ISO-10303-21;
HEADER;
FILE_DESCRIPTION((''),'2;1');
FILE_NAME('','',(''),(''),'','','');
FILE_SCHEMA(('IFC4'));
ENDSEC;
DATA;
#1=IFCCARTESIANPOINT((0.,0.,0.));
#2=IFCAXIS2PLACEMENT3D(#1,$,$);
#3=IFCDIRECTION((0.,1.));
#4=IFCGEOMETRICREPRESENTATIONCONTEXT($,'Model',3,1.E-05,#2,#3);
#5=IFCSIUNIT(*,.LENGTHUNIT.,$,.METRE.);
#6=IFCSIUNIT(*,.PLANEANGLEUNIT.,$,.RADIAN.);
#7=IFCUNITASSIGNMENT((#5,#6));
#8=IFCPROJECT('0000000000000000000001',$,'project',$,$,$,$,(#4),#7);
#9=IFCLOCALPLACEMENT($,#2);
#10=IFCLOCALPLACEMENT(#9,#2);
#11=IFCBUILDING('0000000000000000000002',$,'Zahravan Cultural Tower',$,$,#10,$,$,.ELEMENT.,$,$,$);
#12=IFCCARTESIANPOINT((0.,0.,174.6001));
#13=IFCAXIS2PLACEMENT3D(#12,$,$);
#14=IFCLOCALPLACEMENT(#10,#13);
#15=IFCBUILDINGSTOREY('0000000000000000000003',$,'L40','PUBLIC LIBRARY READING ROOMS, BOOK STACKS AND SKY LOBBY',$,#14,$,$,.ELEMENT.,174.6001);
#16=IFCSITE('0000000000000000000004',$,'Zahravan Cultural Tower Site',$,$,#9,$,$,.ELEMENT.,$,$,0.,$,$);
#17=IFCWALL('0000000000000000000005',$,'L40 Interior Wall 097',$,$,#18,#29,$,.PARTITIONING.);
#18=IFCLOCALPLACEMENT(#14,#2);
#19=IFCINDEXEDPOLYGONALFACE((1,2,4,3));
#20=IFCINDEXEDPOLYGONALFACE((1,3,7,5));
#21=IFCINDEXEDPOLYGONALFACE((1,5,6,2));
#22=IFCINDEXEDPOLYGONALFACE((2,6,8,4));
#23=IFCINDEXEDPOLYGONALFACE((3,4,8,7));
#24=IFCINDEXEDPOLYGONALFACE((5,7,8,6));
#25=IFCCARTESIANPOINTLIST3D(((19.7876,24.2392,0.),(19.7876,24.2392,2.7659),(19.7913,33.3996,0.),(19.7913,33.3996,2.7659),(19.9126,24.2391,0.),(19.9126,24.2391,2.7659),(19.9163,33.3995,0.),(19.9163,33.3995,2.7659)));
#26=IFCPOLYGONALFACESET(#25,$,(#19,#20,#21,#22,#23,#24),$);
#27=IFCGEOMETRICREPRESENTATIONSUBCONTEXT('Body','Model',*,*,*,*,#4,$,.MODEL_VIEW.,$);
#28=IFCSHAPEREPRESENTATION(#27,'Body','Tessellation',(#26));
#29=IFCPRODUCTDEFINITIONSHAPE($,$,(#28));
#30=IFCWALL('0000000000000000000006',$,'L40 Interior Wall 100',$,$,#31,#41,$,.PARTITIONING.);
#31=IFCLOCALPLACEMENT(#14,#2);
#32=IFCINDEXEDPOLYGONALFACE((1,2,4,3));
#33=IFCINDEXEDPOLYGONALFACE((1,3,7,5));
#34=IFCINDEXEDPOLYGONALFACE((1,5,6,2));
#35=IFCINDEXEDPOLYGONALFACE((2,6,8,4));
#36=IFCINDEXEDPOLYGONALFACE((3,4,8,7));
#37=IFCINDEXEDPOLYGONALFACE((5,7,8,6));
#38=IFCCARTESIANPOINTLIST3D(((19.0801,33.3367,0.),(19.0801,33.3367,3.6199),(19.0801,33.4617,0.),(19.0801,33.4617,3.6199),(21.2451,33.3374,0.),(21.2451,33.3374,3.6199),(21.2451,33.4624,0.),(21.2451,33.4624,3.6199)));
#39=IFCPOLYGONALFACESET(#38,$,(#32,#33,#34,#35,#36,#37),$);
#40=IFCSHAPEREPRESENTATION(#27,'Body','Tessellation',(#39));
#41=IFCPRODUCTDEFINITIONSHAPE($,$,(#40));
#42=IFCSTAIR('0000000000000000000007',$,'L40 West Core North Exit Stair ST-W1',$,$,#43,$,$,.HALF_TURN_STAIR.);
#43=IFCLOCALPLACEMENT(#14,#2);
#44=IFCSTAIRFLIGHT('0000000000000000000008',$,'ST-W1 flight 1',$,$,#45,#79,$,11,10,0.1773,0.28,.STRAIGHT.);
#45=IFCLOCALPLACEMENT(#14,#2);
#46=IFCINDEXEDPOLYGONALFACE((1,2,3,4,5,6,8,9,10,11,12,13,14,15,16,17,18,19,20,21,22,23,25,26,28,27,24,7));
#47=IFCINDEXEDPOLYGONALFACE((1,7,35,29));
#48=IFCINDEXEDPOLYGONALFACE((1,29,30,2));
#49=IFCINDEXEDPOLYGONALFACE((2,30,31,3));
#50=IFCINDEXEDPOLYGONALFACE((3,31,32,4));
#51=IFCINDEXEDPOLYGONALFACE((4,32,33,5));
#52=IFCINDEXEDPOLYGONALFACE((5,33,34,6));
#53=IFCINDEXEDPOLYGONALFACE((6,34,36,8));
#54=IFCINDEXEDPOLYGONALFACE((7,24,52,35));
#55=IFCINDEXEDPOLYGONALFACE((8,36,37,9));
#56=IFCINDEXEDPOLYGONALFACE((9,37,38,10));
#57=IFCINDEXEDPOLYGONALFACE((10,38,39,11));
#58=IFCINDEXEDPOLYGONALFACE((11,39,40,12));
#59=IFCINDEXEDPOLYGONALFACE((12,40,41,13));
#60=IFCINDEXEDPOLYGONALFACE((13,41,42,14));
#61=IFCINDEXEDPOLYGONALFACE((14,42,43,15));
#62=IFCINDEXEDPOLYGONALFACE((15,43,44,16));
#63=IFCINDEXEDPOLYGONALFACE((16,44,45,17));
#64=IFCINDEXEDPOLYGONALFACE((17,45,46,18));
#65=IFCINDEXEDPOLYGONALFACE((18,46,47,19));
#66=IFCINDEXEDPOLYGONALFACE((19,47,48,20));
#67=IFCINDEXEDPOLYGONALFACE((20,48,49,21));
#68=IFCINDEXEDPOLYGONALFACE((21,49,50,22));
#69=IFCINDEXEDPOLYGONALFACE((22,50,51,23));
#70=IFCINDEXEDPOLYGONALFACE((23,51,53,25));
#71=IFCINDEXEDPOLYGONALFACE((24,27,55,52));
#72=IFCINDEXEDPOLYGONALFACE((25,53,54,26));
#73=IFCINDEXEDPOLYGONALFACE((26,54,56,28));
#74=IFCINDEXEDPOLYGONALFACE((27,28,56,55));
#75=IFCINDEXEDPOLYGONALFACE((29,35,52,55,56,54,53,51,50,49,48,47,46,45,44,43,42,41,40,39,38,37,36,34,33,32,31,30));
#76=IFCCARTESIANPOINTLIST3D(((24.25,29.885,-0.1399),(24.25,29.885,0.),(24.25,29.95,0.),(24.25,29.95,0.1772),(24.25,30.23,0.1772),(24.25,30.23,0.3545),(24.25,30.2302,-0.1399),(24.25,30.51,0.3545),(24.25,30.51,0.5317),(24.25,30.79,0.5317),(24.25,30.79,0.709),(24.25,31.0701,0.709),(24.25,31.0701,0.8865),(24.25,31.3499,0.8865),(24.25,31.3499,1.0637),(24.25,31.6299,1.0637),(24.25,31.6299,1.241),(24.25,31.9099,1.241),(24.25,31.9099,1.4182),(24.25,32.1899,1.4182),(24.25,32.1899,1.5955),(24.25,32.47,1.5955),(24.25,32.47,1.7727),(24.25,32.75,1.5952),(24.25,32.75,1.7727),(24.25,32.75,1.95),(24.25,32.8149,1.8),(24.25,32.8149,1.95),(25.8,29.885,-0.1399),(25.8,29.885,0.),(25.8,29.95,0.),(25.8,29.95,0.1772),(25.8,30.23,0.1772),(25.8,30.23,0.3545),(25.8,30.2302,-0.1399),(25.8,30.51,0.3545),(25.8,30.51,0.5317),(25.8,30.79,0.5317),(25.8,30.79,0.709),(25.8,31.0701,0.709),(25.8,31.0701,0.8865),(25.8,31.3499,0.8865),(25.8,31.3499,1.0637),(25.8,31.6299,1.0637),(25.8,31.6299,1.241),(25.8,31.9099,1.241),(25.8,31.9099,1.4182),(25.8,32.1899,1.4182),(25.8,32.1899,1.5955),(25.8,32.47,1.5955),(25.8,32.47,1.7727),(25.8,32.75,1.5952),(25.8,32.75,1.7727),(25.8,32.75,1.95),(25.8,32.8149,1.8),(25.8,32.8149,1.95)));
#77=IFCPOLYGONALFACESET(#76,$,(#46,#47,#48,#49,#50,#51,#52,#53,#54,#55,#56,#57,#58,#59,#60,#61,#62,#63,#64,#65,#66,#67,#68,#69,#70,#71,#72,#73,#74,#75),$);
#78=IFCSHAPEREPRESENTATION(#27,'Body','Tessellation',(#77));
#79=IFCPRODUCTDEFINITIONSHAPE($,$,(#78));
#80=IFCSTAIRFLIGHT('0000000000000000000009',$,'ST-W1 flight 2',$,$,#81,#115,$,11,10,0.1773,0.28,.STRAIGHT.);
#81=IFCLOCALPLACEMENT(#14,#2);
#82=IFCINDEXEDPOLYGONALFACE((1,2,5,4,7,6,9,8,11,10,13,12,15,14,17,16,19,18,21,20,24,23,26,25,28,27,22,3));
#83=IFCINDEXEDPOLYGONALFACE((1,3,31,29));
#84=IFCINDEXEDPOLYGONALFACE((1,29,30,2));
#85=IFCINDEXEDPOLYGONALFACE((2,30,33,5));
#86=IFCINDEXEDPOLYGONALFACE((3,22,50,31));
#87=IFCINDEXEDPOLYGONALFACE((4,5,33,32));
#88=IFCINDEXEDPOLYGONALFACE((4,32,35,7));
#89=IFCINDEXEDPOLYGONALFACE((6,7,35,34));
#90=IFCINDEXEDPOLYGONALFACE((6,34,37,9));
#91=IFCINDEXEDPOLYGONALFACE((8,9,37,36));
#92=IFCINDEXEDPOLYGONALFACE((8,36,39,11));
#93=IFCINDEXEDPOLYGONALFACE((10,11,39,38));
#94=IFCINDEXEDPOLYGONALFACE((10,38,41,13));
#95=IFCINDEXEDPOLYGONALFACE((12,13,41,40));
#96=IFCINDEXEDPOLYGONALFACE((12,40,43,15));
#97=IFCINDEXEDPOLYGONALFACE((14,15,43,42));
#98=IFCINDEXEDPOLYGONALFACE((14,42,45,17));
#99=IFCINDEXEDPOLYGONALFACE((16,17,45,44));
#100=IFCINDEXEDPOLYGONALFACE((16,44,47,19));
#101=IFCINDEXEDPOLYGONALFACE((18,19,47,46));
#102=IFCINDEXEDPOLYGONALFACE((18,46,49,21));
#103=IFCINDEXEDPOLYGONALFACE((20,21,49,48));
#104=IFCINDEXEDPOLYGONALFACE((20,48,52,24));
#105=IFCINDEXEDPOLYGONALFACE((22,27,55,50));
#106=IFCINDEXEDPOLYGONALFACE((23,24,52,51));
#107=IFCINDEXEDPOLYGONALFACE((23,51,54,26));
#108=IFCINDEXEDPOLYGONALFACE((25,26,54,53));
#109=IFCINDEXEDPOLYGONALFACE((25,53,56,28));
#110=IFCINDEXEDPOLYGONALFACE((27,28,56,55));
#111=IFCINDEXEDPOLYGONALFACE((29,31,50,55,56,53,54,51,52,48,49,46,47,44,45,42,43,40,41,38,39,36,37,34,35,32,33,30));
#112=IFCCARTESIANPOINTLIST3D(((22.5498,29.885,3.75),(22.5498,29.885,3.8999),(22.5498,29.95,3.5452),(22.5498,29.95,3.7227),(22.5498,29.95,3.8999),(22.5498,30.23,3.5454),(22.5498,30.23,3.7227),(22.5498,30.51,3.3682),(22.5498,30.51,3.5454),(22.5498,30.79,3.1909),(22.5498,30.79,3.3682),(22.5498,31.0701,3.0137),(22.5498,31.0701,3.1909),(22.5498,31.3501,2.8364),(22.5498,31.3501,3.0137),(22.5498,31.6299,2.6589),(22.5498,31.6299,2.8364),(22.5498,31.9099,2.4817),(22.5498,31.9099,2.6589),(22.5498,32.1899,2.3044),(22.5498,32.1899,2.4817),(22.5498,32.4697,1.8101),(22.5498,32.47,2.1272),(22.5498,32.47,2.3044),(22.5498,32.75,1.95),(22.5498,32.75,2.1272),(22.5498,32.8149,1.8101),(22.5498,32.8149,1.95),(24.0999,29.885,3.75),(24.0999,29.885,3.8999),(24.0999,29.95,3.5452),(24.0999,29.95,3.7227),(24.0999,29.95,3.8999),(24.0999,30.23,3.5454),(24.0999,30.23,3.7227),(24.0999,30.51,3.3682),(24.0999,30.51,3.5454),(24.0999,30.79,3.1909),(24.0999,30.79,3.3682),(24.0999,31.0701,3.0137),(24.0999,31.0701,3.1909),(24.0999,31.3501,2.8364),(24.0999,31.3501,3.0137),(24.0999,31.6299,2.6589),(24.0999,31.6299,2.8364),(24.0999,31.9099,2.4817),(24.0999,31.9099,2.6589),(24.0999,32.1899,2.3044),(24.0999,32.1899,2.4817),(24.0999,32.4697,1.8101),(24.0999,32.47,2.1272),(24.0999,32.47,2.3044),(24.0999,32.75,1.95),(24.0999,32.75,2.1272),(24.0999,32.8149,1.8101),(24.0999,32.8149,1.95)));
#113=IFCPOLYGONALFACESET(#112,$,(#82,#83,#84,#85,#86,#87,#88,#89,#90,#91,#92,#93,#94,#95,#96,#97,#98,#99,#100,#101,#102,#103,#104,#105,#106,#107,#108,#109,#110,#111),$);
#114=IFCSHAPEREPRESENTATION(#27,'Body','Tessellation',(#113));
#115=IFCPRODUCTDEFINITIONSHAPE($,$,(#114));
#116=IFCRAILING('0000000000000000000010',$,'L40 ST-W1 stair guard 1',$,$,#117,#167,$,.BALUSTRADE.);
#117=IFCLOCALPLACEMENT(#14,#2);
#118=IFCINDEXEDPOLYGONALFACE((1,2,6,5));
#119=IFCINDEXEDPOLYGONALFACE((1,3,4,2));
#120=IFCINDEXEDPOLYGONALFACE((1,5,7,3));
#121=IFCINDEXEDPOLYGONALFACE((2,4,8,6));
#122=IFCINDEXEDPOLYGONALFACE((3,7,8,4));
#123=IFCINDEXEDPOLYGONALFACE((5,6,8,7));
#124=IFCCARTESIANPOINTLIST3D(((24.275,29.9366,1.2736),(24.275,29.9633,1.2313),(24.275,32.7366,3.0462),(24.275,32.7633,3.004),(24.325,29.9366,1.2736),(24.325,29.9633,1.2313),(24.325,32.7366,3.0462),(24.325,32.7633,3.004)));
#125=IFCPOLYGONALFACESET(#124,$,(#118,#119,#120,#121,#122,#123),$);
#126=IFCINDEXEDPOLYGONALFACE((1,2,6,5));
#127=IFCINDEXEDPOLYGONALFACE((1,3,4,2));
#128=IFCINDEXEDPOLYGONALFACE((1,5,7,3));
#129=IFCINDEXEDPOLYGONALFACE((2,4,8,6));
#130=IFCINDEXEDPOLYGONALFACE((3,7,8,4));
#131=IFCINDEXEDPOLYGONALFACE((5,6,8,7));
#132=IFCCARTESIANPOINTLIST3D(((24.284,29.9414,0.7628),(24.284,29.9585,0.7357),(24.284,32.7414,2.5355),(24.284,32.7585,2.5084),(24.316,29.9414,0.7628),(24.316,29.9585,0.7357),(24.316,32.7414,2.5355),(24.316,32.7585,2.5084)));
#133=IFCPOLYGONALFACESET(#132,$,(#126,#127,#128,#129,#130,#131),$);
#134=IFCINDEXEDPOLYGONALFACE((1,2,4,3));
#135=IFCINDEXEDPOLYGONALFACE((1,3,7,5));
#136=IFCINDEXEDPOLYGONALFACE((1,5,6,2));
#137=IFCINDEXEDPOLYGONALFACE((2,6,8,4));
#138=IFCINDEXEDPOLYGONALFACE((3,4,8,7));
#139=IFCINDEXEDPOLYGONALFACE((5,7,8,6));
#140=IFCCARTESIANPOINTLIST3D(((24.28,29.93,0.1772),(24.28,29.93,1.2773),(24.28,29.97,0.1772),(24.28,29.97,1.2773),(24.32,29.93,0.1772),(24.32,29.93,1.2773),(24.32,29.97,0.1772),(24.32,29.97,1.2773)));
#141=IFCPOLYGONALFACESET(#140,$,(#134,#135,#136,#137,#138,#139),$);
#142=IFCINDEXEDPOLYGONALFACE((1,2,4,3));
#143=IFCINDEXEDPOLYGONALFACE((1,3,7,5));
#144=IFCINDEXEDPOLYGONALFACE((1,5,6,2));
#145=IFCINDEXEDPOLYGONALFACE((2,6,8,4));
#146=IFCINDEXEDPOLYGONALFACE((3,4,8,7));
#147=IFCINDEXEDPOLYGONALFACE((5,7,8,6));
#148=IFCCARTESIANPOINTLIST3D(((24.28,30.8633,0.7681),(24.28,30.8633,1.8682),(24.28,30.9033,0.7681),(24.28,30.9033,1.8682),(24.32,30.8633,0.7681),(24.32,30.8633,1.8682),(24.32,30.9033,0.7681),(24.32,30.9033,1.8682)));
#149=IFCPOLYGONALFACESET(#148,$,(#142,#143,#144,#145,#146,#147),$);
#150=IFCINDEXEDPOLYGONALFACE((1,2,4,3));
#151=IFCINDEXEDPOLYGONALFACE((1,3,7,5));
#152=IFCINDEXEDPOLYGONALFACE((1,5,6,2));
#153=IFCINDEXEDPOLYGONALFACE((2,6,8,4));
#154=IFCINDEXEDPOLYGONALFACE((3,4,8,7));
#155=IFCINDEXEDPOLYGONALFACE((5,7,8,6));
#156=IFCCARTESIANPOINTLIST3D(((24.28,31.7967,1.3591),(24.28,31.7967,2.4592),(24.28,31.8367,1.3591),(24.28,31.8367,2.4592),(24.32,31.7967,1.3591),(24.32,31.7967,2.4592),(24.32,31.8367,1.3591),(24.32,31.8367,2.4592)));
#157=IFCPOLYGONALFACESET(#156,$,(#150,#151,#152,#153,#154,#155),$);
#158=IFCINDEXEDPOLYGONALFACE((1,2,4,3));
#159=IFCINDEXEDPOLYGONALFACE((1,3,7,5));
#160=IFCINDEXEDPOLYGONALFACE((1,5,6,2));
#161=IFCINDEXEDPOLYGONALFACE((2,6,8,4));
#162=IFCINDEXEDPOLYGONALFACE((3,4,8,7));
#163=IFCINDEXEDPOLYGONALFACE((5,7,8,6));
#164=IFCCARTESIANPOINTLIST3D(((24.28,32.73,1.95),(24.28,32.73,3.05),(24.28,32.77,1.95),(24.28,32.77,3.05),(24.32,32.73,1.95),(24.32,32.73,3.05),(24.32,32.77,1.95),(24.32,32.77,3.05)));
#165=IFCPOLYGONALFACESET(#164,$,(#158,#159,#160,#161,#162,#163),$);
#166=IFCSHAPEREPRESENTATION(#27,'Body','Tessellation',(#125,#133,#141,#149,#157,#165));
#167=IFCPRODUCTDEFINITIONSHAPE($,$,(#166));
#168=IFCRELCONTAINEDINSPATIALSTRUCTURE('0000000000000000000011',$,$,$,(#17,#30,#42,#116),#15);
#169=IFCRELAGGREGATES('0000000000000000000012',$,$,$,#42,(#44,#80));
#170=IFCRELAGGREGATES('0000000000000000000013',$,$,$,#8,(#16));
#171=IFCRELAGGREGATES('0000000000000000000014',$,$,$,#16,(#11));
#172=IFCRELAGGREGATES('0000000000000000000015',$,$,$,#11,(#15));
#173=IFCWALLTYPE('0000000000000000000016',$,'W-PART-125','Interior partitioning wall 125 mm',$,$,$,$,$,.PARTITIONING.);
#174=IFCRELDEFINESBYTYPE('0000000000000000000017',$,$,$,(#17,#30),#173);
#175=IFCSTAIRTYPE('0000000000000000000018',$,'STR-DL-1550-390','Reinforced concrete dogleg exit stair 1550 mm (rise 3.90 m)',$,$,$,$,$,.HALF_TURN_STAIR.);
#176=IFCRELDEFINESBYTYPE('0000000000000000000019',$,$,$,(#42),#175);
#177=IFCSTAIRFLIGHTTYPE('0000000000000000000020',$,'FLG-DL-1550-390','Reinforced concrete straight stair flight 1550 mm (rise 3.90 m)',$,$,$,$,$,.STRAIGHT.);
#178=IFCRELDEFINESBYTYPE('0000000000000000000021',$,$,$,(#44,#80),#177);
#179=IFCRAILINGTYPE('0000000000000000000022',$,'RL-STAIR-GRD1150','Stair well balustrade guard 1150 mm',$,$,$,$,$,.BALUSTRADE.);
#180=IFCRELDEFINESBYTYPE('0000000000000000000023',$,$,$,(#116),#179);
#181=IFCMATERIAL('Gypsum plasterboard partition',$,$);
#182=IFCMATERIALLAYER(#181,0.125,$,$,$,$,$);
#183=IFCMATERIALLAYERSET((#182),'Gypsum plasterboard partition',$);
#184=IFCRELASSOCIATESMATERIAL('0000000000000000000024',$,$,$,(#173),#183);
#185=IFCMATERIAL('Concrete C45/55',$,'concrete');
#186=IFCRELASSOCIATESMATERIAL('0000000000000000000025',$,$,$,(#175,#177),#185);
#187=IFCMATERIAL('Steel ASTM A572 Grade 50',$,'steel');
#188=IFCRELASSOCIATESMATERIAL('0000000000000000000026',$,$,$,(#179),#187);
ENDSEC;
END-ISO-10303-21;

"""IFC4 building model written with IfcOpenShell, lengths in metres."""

from ifc_helpers import new_model, si_unit, direction, frame, frame_2d, origin, origin_2d, place, context, subcontext, project, spatial, polyline, rectangle, outline, extrude, source, transform, mapped, material, layer, layer_set, type_object, element, aggregate, save


model = new_model("IFC4")

# Units and contexts
model_context = context("Model", 3, precision=1e-05, world=origin(), true_north=direction((0.0, 1.0)))
body_context = subcontext(model_context, "Body", "Model", "MODEL_VIEW")
ifc_project = project(units=[si_unit("LENGTHUNIT", "METRE"), si_unit("PLANEANGLEUNIT", "RADIAN")], contexts=[model_context])

# Site, building, storey
site_placement = place(None, origin())
site = spatial("IfcSite", under=ifc_project, at=site_placement, Name="Zahravan Cultural Tower Site", CompositionType="ELEMENT", RefElevation=0.0)
building_placement = place(site_placement, origin())
building = spatial("IfcBuilding", under=site, at=building_placement, Name="Zahravan Cultural Tower", CompositionType="ELEMENT")
storey_placement = place(building_placement, frame((0.0, 0.0, 174.6001)))
storey = spatial("IfcBuildingStorey", under=building, at=storey_placement, Name="L40", Description="PUBLIC LIBRARY READING ROOMS, BOOK STACKS AND SKY LOBBY", CompositionType="ELEMENT", Elevation=174.6001)

# Walls
ifc_material_1 = material(Name="Concrete C45/55", Category="concrete")
ifc_material_2 = material(Name="Gypsum plasterboard partition")
ifc_layer_1 = layer(ifc_material_2, 0.125)
ifc_layer_set_1 = layer_set([ifc_layer_1], Name="Gypsum plasterboard partition")
wall_type_1 = type_object("IfcWallType", Name="W-PART-125", Description="Interior partitioning wall 125 mm", PredefinedType="PARTITIONING", material=ifc_layer_set_1)
shared_shape_1 = source(origin(), body_context, "Body", "SweptSolid", [
    extrude(rectangle(XDim=9.1604, YDim=0.125, at=frame_2d((4.5801, 0.0))), origin(), (0.0, 0.0, 1.0), 2.7659),
])
wall_1_placement = place(storey_placement, frame((19.8538, 33.3994, 0.0), z_axis=(0.0, 0.0, 1.0), x_axis=(-0.0004, -1.0, 0.0)))
element("IfcWall", 1, at=wall_1_placement, inside=storey, type_object=wall_type_1, Name="L40 Interior Wall 097", PredefinedType="PARTITIONING", context=body_context, shape_type="MappedRepresentation", body=[
    mapped(shared_shape_1, transform((0.0, 0.0, 0.0), x_axis=(1.0, 0.0, 0.0), y_axis=(0.0, 1.0, 0.0), z_axis=(0.0, 0.0, 1.0), scale=1.0)),
])
shared_shape_2 = source(origin(), body_context, "Body", "SweptSolid", [
    extrude(rectangle(XDim=2.165, YDim=0.125, at=frame_2d((1.0825, 0.0))), origin(), (0.0, 0.0, 1.0), 3.6199),
])
wall_2_placement = place(storey_placement, frame((21.2451, 33.3999, 0.0), z_axis=(0.0, 0.0, 1.0), x_axis=(-1.0, -0.000338, 0.0)))
element("IfcWall", 2, at=wall_2_placement, inside=storey, type_object=wall_type_1, Name="L40 Interior Wall 100", PredefinedType="PARTITIONING", context=body_context, shape_type="MappedRepresentation", body=[
    mapped(shared_shape_2, transform((0.0, 0.0, 0.0), x_axis=(1.0, 0.0, 0.0), y_axis=(0.0, 1.0, 0.0), z_axis=(0.0, 0.0, 1.0), scale=1.0)),
])

# Stair, stair flights
stair_type = type_object("IfcStairType", Name="STR-DL-1550-390", Description="Reinforced concrete dogleg exit stair 1550 mm (rise 3.90 m)", PredefinedType="HALF_TURN_STAIR", material=ifc_material_1)
stair_placement = place(storey_placement, origin())
stair = element("IfcStair", 3, at=stair_placement, inside=storey, type_object=stair_type, Name="L40 West Core North Exit Stair ST-W1", PredefinedType="HALF_TURN_STAIR")
stair_flight_type = type_object("IfcStairFlightType", Name="FLG-DL-1550-390", Description="Reinforced concrete straight stair flight 1550 mm (rise 3.90 m)", PredefinedType="STRAIGHT", material=ifc_material_1)
stair_flight_1_placement = place(storey_placement, frame((25.0249, 29.95, 0.0), z_axis=(0.0, 0.0, 1.0), x_axis=(0.0, 1.0, 0.0)))
stair_flight_1 = element("IfcStairFlight", 4, at=stair_flight_1_placement, type_object=stair_flight_type, Name="ST-W1 flight 1", NumberOfRisers=11, NumberOfTreads=10, PredefinedType="STRAIGHT", RiserHeight=0.1773, TreadLength=0.28, context=body_context, shape_type="SweptSolid", body=[
    extrude(outline(polyline([(-0.0649, -0.1399), (-0.0649, 0.0), (0.0, 0.0), (0.0, 0.1772), (0.28, 0.1772), (0.28, 0.3545), (0.5601, 0.3545), (0.5601, 0.5317), (0.8401, 0.5317), (0.8401, 0.709), (1.1201, 0.709), (1.1201, 0.8865), (1.3999, 0.8865), (1.3999, 1.0637), (1.6799, 1.0637), (1.6799, 1.241), (1.96, 1.241), (1.96, 1.4182), (2.24, 1.4182), (2.24, 1.5955), (2.52, 1.5955), (2.52, 1.7727), (2.8, 1.7727), (2.8, 1.95), (2.865, 1.95), (2.865, 1.8), (2.8, 1.5952), (0.2803, -0.1399), (-0.0649, -0.1399)])), frame((0.0, 0.7749, 0.0), z_axis=(0.0, -1.0, 0.0), x_axis=(1.0, 0.0, 0.0)), (0.0, 0.0, 1.0), 1.55),
])
stair_flight_2_placement = place(storey_placement, frame((23.325, 32.75, 1.95), z_axis=(0.0, 0.0, 1.0), x_axis=(0.0, -1.0, 0.0)))
stair_flight_2 = element("IfcStairFlight", 5, at=stair_flight_2_placement, type_object=stair_flight_type, Name="ST-W1 flight 2", NumberOfRisers=11, NumberOfTreads=10, PredefinedType="STRAIGHT", RiserHeight=0.1773, TreadLength=0.28, context=body_context, shape_type="SweptSolid", body=[
    extrude(outline(polyline([(-0.0649, -0.1399), (-0.0649, 0.0), (0.0, 0.0), (0.0, 0.1772), (0.28, 0.1772), (0.28, 0.3545), (0.5601, 0.3545), (0.5601, 0.5317), (0.8401, 0.5317), (0.8401, 0.709), (1.1201, 0.709), (1.1201, 0.8865), (1.3999, 0.8865), (1.3999, 1.0637), (1.6799, 1.0637), (1.6799, 1.241), (1.96, 1.241), (1.96, 1.4182), (2.24, 1.4182), (2.24, 1.5955), (2.52, 1.5955), (2.52, 1.7727), (2.8, 1.7727), (2.8, 1.95), (2.865, 1.95), (2.865, 1.8), (2.8, 1.5952), (0.2803, -0.1399), (-0.0649, -0.1399)])), frame((0.0, 0.7749, 0.0), z_axis=(0.0, -1.0, 0.0), x_axis=(1.0, 0.0, 0.0)), (0.0, 0.0, 1.0), 1.55),
])
aggregate(stair, [stair_flight_1, stair_flight_2])

# Railing
ifc_material_3 = material(Name="Steel ASTM A572 Grade 50", Category="steel")
railing_type_1 = type_object("IfcRailingType", Name="RL-STAIR-GRD1150", Description="Stair well balustrade guard 1150 mm", PredefinedType="BALUSTRADE", material=ifc_material_3)
railing_1_placement = place(storey_placement, frame((24.3, 29.95, 0.1772)))
element("IfcRailing", 6, at=railing_1_placement, inside=storey, type_object=railing_type_1, Name="L40 ST-W1 stair guard 1", PredefinedType="BALUSTRADE", context=body_context, shape_type="SweptSolid", body=[
    extrude(rectangle(XDim=0.05, YDim=0.05, at=origin_2d()), frame((0.0, 0.0, 1.0752), z_axis=(0.0, 0.844909, 0.53491), x_axis=(-1.0, 0.0, 0.0)), (0.0, 0.0, 1.0), 3.314),
    extrude(rectangle(XDim=0.032, YDim=0.032, at=origin_2d()), frame((0.0, 0.0, 0.572), z_axis=(0.0, 0.844909, 0.53491), x_axis=(-1.0, 0.0, 0.0)), (0.0, 0.0, 1.0), 3.314),
    extrude(rectangle(XDim=0.04, YDim=0.04, at=origin_2d()), origin(), (0.0, 0.0, 1.0), 1.1001),
    extrude(rectangle(XDim=0.04, YDim=0.04, at=origin_2d()), frame((0.0, 0.9333, 0.5908)), (0.0, 0.0, 1.0), 1.1001),
    extrude(rectangle(XDim=0.04, YDim=0.04, at=origin_2d()), frame((0.0, 1.8667, 1.1819)), (0.0, 0.0, 1.0), 1.1001),
    extrude(rectangle(XDim=0.04, YDim=0.04, at=origin_2d()), frame((0.0, 2.8, 1.7727)), (0.0, 0.0, 1.0), 1.1001),
])

save(model, "model.ifc")
